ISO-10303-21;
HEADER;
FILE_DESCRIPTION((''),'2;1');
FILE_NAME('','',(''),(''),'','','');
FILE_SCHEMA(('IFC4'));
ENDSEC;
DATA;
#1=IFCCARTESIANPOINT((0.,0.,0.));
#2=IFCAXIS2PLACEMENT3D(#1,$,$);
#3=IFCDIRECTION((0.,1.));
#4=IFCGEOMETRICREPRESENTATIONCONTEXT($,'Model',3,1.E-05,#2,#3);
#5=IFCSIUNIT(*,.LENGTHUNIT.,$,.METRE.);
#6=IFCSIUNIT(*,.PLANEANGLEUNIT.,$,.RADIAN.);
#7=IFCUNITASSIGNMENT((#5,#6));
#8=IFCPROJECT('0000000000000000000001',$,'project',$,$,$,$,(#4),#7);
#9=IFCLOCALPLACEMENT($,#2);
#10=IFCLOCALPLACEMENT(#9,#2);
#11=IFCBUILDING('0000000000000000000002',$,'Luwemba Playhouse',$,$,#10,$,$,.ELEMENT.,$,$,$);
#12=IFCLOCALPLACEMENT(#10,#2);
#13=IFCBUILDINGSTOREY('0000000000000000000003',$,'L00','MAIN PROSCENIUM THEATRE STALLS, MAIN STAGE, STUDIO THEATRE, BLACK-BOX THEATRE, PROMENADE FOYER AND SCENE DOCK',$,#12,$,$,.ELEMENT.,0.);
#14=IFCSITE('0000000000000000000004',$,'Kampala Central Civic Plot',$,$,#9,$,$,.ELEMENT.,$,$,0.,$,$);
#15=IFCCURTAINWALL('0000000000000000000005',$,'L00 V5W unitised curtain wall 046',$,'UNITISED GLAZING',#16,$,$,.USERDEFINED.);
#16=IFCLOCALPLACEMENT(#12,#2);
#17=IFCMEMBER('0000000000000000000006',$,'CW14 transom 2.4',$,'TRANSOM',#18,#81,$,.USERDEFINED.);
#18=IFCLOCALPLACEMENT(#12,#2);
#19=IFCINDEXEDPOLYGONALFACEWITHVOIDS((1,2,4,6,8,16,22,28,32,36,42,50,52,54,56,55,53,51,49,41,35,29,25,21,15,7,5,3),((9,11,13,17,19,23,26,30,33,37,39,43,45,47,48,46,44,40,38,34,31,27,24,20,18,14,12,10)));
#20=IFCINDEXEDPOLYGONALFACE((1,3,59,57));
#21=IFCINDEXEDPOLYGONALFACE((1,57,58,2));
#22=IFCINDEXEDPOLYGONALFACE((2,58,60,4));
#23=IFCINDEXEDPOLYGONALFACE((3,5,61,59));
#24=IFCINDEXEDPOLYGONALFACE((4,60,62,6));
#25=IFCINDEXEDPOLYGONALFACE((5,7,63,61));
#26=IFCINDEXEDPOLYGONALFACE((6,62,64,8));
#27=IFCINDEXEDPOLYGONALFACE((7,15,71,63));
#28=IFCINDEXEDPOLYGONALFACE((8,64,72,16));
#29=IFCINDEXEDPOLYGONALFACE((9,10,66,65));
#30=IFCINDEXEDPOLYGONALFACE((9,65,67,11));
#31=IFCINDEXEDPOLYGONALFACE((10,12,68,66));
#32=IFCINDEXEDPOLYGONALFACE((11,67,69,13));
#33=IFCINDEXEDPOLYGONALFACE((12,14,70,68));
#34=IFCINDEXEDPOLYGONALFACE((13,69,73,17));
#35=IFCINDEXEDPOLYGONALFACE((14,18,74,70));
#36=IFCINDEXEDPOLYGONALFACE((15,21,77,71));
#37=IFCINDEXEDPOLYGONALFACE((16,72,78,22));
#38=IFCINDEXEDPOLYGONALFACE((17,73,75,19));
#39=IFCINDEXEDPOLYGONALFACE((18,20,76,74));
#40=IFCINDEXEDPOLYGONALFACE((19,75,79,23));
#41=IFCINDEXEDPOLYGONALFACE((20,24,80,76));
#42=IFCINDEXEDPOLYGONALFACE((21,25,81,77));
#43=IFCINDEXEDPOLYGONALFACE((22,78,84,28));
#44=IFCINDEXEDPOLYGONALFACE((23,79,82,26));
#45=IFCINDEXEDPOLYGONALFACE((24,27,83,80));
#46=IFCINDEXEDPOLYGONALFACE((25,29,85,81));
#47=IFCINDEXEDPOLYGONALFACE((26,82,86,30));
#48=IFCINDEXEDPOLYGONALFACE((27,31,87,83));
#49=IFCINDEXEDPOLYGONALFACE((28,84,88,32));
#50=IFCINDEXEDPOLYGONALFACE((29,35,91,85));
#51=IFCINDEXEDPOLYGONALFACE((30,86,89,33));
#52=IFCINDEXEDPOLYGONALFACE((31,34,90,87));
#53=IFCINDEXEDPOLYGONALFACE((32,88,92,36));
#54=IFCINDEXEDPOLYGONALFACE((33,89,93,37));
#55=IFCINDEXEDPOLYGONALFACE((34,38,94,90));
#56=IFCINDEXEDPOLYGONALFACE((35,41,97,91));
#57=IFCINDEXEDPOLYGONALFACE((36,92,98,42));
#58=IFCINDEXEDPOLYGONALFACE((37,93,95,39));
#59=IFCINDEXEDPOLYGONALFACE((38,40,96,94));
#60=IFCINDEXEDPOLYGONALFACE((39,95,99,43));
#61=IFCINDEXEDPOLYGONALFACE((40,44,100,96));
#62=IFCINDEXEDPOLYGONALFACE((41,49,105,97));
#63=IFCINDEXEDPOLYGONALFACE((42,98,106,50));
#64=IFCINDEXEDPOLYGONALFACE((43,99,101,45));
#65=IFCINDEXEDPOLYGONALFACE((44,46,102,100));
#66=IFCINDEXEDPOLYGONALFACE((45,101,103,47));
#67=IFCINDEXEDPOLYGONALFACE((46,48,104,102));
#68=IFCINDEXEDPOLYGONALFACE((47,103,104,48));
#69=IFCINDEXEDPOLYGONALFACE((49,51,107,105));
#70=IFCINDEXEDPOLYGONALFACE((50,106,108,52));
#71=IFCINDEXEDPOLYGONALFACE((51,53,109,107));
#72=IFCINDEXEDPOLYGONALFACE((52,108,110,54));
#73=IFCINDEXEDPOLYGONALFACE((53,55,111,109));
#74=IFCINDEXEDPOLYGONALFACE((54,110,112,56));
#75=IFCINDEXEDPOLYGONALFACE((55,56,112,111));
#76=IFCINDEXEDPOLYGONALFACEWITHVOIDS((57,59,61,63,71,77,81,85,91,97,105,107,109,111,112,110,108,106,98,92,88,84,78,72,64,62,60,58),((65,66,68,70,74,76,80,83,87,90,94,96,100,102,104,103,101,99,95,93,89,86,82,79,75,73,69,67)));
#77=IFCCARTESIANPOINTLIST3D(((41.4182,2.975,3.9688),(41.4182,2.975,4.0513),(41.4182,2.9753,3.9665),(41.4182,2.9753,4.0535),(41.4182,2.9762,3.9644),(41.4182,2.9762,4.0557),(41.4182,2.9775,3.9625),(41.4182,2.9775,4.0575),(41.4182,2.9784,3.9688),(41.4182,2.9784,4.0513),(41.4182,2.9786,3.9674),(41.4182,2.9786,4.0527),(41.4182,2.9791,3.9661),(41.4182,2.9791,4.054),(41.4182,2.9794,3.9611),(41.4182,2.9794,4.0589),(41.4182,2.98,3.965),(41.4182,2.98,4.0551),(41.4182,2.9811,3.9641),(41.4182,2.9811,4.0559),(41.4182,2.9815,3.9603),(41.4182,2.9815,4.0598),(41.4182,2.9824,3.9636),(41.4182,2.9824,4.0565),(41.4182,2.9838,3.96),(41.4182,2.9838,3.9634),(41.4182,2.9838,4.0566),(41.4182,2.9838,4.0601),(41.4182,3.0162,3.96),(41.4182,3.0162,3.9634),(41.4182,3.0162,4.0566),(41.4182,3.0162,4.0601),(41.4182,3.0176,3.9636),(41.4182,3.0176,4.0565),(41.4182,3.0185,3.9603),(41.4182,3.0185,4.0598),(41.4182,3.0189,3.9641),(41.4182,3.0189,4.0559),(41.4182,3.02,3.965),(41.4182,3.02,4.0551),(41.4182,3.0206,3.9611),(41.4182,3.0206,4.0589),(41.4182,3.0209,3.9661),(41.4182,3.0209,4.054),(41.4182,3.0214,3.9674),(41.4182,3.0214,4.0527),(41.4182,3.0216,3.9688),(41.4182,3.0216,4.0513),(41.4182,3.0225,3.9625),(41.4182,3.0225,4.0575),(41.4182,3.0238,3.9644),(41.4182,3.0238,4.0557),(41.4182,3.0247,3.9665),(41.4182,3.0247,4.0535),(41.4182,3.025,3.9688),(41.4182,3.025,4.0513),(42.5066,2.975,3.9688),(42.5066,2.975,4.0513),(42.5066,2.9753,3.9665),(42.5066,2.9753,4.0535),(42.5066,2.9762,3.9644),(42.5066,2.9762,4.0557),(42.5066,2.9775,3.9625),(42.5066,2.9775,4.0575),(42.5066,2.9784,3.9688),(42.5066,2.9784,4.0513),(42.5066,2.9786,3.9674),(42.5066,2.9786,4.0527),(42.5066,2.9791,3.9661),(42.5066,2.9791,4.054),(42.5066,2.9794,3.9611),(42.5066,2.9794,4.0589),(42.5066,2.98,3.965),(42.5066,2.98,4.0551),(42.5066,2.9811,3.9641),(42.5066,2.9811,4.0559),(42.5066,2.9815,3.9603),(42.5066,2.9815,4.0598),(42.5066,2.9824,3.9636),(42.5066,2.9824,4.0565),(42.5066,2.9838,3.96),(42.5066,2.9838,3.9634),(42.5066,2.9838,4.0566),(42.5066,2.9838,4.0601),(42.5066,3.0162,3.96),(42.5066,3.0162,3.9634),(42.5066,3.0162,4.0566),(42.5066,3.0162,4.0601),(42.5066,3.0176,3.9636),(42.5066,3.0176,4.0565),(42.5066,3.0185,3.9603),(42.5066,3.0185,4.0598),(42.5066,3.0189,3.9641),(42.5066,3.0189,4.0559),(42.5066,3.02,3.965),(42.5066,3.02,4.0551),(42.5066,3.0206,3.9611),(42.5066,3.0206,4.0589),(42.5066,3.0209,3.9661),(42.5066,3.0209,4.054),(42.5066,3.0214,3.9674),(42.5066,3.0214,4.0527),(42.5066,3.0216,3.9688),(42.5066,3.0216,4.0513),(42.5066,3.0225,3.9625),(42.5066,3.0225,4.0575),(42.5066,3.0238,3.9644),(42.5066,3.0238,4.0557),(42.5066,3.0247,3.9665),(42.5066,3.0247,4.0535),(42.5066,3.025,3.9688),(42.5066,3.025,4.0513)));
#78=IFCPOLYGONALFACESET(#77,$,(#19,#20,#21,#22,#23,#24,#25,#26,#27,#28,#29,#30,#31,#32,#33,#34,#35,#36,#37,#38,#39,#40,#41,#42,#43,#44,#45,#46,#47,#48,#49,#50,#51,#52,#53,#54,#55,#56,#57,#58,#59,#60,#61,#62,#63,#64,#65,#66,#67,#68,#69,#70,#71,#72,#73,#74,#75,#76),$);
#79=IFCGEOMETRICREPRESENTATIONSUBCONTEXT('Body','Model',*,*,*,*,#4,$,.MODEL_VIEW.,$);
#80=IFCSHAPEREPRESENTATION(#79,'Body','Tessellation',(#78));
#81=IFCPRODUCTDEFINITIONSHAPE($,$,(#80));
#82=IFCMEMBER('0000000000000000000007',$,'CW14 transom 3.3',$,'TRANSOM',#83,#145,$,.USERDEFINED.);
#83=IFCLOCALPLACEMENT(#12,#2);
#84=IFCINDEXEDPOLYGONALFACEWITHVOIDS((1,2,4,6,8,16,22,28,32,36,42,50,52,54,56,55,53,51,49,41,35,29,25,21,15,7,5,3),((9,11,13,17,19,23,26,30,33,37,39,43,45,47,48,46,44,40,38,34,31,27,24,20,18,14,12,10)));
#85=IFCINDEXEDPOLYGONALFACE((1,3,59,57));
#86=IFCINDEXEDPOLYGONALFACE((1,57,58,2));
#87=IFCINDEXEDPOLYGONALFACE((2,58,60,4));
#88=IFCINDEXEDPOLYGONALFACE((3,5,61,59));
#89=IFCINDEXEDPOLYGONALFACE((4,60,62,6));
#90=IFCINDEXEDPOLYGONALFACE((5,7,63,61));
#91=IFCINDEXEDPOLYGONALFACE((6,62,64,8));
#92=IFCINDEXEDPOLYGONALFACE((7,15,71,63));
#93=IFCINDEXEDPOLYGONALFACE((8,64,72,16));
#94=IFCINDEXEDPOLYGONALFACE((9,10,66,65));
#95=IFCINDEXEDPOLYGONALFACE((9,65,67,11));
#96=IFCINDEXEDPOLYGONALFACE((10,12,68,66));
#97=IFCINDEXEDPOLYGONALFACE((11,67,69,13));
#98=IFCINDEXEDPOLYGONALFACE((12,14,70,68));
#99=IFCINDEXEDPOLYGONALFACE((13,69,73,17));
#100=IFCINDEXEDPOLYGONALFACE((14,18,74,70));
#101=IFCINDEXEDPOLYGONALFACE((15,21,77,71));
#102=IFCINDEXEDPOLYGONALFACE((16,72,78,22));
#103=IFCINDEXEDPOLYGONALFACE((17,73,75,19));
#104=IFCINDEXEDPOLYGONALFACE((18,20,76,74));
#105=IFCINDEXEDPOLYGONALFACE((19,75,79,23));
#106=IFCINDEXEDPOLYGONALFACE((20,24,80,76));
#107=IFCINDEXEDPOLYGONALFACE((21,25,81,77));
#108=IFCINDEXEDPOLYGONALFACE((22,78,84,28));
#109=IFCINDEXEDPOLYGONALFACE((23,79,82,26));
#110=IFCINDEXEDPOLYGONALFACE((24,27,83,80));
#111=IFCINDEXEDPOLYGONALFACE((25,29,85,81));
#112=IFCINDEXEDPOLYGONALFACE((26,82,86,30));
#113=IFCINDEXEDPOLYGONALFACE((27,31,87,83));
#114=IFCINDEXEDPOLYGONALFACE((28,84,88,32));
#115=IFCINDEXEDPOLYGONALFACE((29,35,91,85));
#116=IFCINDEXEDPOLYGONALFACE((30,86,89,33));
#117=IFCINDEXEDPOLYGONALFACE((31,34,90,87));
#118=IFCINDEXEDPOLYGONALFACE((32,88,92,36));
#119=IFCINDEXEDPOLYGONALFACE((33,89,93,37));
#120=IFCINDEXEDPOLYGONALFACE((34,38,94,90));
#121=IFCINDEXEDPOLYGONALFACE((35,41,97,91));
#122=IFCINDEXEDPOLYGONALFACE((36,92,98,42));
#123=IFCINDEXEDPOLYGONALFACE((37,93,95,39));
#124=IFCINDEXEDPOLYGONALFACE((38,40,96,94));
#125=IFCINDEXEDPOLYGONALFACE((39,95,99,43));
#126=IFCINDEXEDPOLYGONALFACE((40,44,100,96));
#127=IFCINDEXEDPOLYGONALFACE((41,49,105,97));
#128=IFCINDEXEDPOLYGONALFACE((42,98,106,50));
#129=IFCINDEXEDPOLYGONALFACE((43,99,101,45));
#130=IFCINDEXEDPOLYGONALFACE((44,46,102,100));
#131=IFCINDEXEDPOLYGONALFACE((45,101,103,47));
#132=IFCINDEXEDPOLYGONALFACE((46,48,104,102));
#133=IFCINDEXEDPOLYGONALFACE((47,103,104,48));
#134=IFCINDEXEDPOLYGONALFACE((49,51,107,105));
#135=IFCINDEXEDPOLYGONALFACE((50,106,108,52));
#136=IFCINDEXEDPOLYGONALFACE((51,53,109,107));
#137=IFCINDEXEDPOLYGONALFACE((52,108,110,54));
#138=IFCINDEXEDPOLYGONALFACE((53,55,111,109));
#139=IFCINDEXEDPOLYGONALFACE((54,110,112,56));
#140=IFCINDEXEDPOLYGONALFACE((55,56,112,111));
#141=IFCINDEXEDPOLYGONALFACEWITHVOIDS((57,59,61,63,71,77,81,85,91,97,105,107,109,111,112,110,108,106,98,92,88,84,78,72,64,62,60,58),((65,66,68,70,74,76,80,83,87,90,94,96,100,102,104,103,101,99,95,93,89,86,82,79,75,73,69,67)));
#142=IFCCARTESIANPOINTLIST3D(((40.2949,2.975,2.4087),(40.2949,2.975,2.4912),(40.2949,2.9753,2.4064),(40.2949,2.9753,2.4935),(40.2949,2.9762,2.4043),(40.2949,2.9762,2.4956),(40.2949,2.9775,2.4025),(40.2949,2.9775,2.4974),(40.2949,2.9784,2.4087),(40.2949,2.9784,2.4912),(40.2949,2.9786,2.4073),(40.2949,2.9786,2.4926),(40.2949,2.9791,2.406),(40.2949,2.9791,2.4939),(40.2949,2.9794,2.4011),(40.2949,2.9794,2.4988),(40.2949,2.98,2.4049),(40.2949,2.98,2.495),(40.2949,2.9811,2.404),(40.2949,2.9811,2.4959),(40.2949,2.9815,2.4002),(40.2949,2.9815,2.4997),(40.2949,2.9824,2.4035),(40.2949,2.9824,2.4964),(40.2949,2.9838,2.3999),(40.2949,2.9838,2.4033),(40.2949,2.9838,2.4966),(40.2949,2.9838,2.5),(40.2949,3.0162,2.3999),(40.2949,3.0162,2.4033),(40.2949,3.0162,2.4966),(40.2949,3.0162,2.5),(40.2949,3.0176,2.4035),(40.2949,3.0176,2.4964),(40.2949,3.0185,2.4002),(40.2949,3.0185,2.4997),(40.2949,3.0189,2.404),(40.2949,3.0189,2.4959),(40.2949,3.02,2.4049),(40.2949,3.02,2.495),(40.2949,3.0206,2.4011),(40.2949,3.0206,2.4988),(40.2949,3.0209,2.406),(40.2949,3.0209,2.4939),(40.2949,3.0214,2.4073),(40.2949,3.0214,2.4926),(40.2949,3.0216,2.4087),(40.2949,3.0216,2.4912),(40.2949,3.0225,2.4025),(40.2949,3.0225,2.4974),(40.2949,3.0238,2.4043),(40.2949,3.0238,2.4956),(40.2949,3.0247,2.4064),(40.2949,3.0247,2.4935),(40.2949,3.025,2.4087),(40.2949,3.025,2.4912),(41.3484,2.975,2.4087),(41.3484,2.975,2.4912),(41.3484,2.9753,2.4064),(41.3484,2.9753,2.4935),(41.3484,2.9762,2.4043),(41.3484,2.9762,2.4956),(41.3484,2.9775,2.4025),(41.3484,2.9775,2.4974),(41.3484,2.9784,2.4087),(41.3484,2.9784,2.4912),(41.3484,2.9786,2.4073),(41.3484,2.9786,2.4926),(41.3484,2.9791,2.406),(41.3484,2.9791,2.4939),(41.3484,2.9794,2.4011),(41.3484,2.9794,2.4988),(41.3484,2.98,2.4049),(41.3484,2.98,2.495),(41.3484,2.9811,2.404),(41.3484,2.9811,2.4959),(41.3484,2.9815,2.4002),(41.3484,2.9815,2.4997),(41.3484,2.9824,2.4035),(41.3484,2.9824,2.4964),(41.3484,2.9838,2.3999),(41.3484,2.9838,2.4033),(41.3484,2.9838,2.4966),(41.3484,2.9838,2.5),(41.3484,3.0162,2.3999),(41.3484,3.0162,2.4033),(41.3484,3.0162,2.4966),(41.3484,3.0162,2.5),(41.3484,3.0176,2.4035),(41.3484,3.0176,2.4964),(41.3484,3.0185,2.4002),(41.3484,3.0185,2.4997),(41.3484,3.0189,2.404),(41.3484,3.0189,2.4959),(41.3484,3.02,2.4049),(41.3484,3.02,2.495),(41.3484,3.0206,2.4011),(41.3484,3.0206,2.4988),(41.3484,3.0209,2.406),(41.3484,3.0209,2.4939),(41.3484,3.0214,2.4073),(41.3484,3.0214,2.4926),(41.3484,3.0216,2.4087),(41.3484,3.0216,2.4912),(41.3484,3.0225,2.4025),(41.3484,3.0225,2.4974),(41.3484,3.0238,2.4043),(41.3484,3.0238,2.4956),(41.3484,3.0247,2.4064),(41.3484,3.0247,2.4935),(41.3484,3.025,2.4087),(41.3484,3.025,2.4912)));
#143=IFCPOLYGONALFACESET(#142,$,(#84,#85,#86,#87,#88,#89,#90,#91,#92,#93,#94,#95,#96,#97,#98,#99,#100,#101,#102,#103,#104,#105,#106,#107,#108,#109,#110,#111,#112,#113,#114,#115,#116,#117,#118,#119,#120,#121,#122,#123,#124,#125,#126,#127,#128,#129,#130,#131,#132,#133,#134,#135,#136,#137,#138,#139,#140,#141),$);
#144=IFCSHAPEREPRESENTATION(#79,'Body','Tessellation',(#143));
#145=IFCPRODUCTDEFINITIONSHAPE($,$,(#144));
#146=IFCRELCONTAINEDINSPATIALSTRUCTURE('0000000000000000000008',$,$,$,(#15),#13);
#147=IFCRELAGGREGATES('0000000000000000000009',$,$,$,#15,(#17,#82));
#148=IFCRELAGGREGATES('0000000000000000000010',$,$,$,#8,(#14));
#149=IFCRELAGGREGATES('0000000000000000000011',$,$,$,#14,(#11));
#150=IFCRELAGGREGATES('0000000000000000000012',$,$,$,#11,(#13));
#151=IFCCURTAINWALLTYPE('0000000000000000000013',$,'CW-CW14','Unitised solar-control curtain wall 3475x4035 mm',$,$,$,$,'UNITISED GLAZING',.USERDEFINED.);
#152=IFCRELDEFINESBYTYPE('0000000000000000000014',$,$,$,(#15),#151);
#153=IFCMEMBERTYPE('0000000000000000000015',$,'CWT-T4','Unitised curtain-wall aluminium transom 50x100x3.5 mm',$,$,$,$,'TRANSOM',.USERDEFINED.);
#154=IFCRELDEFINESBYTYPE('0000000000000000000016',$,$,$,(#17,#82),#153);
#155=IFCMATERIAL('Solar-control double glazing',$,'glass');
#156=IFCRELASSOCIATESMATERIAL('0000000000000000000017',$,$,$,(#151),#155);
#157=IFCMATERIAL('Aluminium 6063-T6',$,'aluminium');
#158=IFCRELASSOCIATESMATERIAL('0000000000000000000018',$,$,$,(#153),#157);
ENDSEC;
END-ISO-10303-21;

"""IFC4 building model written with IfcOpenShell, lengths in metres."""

from ifc_helpers import new_model, si_unit, direction, frame, origin, origin_2d, place, context, subcontext, project, spatial, hollow_rectangle, extrude, material, material_profile, profile_set, type_object, element, aggregate, save


model = new_model("IFC4")

# Units and contexts
model_context = context("Model", 3, precision=1e-05, world=origin(), true_north=direction((0.0, 1.0)))
body_context = subcontext(model_context, "Body", "Model", "MODEL_VIEW")
ifc_project = project(units=[si_unit("LENGTHUNIT", "METRE"), si_unit("PLANEANGLEUNIT", "RADIAN")], contexts=[model_context])

# Site, building, storey
site_placement = place(None, origin())
site = spatial("IfcSite", under=ifc_project, at=site_placement, Name="Kampala Central Civic Plot", CompositionType="ELEMENT", RefElevation=0.0)
building_placement = place(site_placement, origin())
building = spatial("IfcBuilding", under=site, at=building_placement, Name="Luwemba Playhouse", CompositionType="ELEMENT")
storey_placement = place(building_placement, origin())
storey = spatial("IfcBuildingStorey", under=building, at=storey_placement, Name="L00", Description="MAIN PROSCENIUM THEATRE STALLS, MAIN STAGE, STUDIO THEATRE, BLACK-BOX THEATRE, PROMENADE FOYER AND SCENE DOCK", CompositionType="ELEMENT", Elevation=0.0)

# Curtain wall, members
ifc_material_1 = material(Name="Solar-control double glazing", Category="glass")
curtain_wall_type = type_object("IfcCurtainWallType", Name="CW-CW14", Description="Unitised solar-control curtain wall 3475x4035 mm", ElementType="UNITISED GLAZING", PredefinedType="USERDEFINED", material=ifc_material_1)
curtain_wall_placement = place(storey_placement, origin())
curtain_wall = element("IfcCurtainWall", 1, at=curtain_wall_placement, inside=storey, type_object=curtain_wall_type, Name="L00 V5W unitised curtain wall 046", ObjectType="UNITISED GLAZING", PredefinedType="USERDEFINED")
ifc_material_2 = material(Name="Aluminium 6063-T6", Category="aluminium")
ifc_material_profile_1 = material_profile(ifc_material_2, hollow_rectangle(XDim=0.05, YDim=0.1001, WallThickness=0.0034, InnerFilletRadius=0.0054, OuterFilletRadius=0.0088, at=origin_2d()))
ifc_profile_set_1 = profile_set([ifc_material_profile_1], Name="Aluminium 6063-T6")
member_type_1 = type_object("IfcMemberType", Name="CWT-T4", Description="Unitised curtain-wall aluminium transom 50x100x3.5 mm", ElementType="TRANSOM", PredefinedType="USERDEFINED", material=ifc_profile_set_1)
member_1_placement = place(storey_placement, frame((42.5066, 3.0, 4.01), z_axis=(-1.0, 0.0, 0.0), x_axis=(0.0, -1.0, 0.0)))
member_1 = element("IfcMember", 2, at=member_1_placement, type_object=member_type_1, Name="CW14 transom 2.4", ObjectType="TRANSOM", PredefinedType="USERDEFINED", context=body_context, shape_type="SweptSolid", body=[
    extrude(hollow_rectangle(XDim=0.05, YDim=0.1001, WallThickness=0.0034, InnerFilletRadius=0.0054, OuterFilletRadius=0.0088, at=origin_2d()), origin(), (0.0, 0.0, 1.0), 1.0884),
])
member_2_placement = place(storey_placement, frame((41.3484, 3.0, 2.45), z_axis=(-1.0, 0.0, 0.0), x_axis=(0.0, -1.0, 0.0)))
member_2 = element("IfcMember", 3, at=member_2_placement, type_object=member_type_1, Name="CW14 transom 3.3", ObjectType="TRANSOM", PredefinedType="USERDEFINED", context=body_context, shape_type="SweptSolid", body=[
    extrude(hollow_rectangle(XDim=0.05, YDim=0.1001, WallThickness=0.0034, InnerFilletRadius=0.0054, OuterFilletRadius=0.0088, at=origin_2d()), origin(), (0.0, 0.0, 1.0), 1.0535),
])
aggregate(curtain_wall, [member_1, member_2])

save(model, "model.ifc")
